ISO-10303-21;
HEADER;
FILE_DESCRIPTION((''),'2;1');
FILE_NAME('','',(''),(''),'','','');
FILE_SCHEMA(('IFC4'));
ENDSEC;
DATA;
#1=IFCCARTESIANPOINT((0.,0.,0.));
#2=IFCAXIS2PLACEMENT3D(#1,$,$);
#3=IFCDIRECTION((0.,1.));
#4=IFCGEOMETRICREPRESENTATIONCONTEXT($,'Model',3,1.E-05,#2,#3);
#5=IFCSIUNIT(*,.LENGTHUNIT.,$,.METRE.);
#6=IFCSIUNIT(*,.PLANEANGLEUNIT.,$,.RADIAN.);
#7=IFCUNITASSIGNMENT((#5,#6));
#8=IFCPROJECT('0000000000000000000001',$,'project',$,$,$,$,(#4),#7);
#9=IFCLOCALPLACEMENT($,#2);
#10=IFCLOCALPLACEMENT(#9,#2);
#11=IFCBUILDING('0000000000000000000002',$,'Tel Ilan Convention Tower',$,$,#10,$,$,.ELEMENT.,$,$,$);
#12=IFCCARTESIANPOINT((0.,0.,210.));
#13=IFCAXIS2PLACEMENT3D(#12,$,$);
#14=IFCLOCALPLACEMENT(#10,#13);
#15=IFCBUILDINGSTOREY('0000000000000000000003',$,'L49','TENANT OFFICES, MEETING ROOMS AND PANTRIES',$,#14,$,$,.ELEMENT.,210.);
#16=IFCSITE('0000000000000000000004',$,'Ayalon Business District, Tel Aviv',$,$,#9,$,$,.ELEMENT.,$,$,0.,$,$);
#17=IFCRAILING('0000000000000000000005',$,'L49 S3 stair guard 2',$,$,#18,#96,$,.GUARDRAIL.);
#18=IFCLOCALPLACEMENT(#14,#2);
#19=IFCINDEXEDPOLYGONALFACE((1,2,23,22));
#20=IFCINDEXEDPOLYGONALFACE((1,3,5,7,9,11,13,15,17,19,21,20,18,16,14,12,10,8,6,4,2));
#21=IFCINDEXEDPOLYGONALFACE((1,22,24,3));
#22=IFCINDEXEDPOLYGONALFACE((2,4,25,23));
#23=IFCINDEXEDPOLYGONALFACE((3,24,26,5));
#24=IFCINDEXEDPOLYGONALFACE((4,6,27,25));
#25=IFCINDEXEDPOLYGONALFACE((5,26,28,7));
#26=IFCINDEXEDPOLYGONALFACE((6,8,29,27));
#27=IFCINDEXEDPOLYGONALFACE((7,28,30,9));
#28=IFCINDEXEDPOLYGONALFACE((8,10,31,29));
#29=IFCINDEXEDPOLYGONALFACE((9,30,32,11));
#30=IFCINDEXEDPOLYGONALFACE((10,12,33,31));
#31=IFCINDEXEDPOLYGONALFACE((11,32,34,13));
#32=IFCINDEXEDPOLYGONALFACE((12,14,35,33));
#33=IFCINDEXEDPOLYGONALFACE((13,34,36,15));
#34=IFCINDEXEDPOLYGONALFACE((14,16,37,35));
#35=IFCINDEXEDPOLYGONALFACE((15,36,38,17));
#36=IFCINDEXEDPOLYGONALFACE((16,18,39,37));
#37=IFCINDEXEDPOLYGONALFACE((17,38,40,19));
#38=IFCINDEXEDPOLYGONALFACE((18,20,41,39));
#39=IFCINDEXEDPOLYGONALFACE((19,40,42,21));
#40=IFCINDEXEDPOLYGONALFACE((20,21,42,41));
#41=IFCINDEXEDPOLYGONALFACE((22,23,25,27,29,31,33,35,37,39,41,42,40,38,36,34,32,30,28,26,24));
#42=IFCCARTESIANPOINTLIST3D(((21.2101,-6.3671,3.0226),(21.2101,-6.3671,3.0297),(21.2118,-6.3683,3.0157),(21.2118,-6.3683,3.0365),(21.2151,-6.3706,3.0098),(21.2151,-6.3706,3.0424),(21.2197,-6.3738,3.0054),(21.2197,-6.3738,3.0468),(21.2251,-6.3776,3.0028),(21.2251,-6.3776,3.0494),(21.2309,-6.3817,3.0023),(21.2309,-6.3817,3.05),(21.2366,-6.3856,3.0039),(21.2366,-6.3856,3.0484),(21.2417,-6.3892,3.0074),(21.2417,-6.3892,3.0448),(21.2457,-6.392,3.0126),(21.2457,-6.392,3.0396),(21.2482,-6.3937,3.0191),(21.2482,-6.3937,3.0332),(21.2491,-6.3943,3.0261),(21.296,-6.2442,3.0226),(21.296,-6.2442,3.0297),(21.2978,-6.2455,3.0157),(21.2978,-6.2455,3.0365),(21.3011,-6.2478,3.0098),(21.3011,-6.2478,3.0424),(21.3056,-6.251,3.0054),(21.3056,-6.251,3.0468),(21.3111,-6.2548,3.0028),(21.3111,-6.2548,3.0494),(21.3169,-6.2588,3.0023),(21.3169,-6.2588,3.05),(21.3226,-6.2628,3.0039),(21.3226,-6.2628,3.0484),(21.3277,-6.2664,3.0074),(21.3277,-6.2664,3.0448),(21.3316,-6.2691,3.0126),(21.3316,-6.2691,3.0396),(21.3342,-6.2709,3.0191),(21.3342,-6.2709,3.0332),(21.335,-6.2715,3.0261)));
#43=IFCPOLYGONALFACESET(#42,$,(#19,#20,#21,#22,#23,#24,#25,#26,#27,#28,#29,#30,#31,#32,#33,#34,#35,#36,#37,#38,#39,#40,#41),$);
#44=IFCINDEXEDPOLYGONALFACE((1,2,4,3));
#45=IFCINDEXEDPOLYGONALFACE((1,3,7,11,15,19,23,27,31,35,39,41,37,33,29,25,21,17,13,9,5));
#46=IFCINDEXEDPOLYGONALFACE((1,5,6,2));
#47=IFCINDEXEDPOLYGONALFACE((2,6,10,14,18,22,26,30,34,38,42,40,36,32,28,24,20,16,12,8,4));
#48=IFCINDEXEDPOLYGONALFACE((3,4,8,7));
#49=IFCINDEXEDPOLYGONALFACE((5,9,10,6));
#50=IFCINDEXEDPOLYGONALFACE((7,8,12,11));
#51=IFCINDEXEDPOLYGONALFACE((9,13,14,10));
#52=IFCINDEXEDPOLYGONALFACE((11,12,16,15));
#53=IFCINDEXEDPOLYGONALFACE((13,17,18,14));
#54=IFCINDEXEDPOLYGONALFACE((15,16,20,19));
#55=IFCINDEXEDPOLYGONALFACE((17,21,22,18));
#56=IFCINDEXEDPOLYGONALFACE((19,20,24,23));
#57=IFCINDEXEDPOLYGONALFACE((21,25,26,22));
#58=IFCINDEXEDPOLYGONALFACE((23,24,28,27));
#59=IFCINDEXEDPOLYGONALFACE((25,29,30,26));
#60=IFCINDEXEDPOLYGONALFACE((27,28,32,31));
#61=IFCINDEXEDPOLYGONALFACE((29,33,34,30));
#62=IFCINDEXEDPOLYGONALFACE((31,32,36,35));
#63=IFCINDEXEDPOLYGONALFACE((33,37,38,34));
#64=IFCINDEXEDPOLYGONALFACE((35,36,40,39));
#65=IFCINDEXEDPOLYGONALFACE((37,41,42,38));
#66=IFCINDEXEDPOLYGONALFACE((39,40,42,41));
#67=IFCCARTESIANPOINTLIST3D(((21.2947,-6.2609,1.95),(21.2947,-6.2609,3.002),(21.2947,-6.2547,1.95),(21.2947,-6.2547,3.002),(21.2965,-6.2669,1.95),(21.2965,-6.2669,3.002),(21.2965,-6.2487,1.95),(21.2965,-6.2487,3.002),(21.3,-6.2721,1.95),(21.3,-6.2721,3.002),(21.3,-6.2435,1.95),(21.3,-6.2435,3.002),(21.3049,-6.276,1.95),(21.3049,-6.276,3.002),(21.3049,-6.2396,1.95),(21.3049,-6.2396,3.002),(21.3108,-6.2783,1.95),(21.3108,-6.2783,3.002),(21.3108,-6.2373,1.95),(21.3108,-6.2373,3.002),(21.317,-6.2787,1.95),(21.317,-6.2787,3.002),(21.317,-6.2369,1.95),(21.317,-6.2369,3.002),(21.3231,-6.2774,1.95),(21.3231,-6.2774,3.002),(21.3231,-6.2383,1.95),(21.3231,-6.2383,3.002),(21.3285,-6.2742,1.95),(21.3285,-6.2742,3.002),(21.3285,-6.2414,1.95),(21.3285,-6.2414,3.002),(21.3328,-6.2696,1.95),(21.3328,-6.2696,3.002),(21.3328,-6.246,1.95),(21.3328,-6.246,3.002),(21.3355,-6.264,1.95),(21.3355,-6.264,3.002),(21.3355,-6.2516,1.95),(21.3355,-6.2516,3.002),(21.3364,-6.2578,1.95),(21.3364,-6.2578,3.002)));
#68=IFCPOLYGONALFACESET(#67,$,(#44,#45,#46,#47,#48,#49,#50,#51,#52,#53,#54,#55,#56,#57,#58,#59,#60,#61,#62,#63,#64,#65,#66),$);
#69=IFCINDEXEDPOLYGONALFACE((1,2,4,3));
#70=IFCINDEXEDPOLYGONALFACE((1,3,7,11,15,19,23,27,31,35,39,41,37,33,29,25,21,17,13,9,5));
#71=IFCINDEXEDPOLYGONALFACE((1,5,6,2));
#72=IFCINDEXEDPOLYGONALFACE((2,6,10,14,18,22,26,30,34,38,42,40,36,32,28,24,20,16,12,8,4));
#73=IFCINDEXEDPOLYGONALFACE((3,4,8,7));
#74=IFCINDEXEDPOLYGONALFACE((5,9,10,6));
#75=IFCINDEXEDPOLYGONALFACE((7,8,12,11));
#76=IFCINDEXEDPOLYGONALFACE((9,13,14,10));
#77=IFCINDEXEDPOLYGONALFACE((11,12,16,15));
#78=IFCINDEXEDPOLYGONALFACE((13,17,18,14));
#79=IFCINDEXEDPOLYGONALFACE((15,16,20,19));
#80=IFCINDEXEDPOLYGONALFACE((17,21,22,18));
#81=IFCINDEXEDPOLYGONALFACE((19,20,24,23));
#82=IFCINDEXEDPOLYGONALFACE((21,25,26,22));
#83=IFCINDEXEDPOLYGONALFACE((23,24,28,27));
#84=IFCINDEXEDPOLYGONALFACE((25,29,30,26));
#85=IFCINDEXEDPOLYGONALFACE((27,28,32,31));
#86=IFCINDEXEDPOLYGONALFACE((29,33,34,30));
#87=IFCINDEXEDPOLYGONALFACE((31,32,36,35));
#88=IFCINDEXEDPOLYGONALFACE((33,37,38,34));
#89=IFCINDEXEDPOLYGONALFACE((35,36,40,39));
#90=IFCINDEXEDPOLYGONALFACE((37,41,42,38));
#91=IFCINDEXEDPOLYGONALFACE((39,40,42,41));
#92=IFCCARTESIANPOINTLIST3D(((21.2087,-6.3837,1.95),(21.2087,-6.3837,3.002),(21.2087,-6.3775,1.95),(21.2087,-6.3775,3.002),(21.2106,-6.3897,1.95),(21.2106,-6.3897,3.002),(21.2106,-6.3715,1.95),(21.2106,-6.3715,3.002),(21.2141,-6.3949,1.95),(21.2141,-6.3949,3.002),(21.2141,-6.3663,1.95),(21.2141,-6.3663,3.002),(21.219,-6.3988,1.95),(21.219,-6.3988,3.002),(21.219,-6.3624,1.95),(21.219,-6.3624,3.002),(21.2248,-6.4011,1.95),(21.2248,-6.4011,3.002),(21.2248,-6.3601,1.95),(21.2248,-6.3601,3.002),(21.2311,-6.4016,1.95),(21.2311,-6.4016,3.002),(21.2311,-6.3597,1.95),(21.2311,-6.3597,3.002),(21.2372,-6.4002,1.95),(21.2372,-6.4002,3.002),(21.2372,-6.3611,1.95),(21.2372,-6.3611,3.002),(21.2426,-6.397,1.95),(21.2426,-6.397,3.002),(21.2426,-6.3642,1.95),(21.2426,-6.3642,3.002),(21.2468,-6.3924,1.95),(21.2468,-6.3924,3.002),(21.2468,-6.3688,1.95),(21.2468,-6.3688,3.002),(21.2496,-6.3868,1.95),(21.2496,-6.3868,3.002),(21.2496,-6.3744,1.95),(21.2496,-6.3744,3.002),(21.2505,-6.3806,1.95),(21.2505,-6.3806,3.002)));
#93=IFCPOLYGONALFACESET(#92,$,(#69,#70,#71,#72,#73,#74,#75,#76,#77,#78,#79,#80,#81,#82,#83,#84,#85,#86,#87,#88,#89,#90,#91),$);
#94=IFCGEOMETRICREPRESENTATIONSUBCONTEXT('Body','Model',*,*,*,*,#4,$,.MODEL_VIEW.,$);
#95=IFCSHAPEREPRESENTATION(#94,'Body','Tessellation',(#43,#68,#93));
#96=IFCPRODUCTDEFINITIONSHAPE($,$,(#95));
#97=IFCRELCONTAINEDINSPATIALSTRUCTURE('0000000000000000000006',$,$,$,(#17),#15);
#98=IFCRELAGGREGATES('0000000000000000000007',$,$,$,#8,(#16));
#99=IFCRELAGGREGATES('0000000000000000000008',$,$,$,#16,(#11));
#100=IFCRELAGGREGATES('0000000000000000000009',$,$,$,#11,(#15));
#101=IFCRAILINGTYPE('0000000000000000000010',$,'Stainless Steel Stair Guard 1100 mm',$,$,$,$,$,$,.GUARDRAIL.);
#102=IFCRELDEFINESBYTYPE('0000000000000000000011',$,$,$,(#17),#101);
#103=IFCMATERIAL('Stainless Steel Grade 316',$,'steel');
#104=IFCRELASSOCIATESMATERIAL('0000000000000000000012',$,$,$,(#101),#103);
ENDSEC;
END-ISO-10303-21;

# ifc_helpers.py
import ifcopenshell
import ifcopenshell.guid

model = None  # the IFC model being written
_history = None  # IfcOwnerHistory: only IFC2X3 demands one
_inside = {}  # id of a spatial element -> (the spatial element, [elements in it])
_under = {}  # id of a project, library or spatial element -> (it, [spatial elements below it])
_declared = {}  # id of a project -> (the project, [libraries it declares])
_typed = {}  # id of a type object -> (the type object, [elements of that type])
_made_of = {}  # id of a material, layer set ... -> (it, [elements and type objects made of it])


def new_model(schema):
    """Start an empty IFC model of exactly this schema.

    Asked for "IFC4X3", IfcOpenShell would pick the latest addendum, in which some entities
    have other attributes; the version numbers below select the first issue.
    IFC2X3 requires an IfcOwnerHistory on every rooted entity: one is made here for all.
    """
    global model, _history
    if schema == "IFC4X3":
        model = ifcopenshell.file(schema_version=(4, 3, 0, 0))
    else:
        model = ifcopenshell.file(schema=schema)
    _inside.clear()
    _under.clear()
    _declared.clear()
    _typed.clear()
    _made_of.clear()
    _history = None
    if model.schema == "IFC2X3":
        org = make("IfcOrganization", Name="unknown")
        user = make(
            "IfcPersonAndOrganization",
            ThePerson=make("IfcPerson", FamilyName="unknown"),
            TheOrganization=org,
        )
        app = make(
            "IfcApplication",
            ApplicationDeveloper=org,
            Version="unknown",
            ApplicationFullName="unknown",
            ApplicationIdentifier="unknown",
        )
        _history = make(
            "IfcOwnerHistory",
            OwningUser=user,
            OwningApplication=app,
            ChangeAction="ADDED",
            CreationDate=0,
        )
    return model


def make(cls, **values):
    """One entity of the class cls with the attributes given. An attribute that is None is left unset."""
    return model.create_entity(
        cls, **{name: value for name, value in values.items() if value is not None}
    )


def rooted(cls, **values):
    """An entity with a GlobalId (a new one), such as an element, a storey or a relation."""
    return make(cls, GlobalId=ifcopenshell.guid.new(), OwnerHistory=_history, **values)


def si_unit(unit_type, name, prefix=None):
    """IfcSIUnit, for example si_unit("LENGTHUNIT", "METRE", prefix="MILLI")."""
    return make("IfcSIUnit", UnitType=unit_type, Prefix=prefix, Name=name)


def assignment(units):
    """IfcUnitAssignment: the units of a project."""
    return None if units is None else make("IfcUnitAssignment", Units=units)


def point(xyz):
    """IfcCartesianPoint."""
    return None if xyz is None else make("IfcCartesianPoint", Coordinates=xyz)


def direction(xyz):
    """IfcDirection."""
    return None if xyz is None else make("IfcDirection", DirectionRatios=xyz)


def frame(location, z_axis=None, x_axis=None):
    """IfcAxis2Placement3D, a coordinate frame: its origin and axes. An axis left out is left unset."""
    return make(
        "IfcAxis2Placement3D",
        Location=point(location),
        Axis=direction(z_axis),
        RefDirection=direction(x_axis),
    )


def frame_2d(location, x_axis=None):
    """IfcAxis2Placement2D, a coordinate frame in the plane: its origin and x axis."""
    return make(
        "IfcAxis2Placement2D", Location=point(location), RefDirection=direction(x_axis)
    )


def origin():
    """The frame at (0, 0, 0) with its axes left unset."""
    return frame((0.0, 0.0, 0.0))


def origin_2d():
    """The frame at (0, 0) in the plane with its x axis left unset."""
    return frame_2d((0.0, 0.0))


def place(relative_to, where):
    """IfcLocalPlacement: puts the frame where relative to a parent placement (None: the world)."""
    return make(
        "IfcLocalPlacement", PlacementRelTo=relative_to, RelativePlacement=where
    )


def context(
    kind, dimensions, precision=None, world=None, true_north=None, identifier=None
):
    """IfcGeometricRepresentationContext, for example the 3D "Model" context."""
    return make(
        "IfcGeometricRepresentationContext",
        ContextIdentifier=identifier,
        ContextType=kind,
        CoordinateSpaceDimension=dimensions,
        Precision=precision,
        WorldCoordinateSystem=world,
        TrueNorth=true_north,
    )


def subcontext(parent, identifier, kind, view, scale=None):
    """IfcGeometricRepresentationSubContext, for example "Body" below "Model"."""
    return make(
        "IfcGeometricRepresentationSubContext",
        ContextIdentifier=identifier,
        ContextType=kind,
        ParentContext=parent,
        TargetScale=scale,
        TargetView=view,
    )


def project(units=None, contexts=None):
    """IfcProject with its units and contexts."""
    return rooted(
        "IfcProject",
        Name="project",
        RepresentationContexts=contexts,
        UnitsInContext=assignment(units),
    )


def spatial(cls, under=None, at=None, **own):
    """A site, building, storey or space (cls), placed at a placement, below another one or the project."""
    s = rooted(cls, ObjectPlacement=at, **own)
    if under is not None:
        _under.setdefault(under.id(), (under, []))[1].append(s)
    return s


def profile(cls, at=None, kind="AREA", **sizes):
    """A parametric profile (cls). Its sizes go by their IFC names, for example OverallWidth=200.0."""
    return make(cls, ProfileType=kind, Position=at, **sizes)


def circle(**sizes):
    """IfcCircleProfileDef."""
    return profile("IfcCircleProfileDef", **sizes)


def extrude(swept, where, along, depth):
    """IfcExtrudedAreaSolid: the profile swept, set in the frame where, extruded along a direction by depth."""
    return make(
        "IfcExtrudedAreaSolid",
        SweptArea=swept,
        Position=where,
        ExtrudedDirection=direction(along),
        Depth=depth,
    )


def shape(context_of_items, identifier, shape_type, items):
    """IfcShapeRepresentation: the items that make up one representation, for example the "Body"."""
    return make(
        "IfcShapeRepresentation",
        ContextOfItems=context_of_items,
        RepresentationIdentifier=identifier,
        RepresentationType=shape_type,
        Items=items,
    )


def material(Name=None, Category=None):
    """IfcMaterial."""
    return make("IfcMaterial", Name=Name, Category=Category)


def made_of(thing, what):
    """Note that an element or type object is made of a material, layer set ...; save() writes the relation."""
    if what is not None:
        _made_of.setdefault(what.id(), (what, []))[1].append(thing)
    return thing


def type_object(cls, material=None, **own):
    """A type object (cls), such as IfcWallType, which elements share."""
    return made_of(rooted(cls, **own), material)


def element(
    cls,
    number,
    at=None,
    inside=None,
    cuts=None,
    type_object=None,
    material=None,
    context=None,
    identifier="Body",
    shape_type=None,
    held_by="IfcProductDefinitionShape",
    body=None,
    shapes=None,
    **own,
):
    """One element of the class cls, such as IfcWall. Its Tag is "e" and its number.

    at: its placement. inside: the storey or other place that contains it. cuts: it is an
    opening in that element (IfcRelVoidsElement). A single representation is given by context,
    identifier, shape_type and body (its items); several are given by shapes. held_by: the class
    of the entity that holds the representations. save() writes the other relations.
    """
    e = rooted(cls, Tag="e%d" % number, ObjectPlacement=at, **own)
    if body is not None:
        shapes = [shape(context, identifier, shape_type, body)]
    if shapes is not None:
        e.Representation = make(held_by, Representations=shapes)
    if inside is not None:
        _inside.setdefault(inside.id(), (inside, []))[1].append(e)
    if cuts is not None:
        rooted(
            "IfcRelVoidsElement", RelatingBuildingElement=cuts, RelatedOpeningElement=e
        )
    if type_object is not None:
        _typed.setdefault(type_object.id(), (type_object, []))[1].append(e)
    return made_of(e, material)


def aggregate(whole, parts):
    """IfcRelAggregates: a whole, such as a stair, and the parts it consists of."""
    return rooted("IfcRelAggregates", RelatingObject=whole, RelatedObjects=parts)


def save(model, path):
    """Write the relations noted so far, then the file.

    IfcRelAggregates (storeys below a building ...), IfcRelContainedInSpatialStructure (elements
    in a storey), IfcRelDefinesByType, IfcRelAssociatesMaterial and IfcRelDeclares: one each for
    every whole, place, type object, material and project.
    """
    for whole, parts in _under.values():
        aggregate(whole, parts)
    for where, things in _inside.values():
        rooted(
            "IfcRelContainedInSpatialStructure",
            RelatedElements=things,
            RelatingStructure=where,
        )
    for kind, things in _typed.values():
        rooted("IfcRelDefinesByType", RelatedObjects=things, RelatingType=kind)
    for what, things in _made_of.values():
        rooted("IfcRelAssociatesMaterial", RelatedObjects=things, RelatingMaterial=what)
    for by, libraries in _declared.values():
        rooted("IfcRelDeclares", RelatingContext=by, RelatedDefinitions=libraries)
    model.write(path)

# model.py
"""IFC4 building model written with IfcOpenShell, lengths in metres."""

from ifc_helpers import new_model, si_unit, direction, frame, origin, origin_2d, place, context, subcontext, project, spatial, circle, extrude, material, type_object, element, save


model = new_model("IFC4")

# Units and contexts
model_context = context("Model", 3, precision=1e-05, world=origin(), true_north=direction((0.0, 1.0)))
body_context = subcontext(model_context, "Body", "Model", "MODEL_VIEW")
ifc_project = project(units=[si_unit("LENGTHUNIT", "METRE"), si_unit("PLANEANGLEUNIT", "RADIAN")], contexts=[model_context])

# Site, building, storey
site_placement = place(None, origin())
site = spatial("IfcSite", under=ifc_project, at=site_placement, Name="Ayalon Business District, Tel Aviv", CompositionType="ELEMENT", RefElevation=0.0)
building_placement = place(site_placement, origin())
building = spatial("IfcBuilding", under=site, at=building_placement, Name="Tel Ilan Convention Tower", CompositionType="ELEMENT")
storey_placement = place(building_placement, frame((0.0, 0.0, 210.0)))
storey = spatial("IfcBuildingStorey", under=building, at=storey_placement, Name="L49", Description="TENANT OFFICES, MEETING ROOMS AND PANTRIES", CompositionType="ELEMENT", Elevation=210.0)

# Railing
ifc_material_1 = material(Name="Stainless Steel Grade 316", Category="steel")
railing_type_1 = type_object("IfcRailingType", Name="Stainless Steel Stair Guard 1100 mm", PredefinedType="GUARDRAIL", material=ifc_material_1)
railing_1_placement = place(storey_placement, frame((21.3154, -6.2578, 1.95)))
element("IfcRailing", 1, at=railing_1_placement, inside=storey, type_object=railing_type_1, Name="L49 S3 stair guard 2", PredefinedType="GUARDRAIL", context=body_context, shape_type="SweptSolid", body=[
    extrude(circle(Radius=0.0239, at=origin_2d()), frame((0.0, 0.0, 1.0762), z_axis=(-0.573353, -0.819308, 0.0), x_axis=(0.819308, -0.573353, 0.0)), (0.0, 0.0, 1.0), 0.1499),
    extrude(circle(Radius=0.021, at=origin_2d()), origin(), (0.0, 0.0, 1.0), 1.052),
    extrude(circle(Radius=0.021, at=origin_2d()), frame((-0.0859, -0.1228, 0.0)), (0.0, 0.0, 1.0), 1.052),
])

save(model, "model.ifc")
